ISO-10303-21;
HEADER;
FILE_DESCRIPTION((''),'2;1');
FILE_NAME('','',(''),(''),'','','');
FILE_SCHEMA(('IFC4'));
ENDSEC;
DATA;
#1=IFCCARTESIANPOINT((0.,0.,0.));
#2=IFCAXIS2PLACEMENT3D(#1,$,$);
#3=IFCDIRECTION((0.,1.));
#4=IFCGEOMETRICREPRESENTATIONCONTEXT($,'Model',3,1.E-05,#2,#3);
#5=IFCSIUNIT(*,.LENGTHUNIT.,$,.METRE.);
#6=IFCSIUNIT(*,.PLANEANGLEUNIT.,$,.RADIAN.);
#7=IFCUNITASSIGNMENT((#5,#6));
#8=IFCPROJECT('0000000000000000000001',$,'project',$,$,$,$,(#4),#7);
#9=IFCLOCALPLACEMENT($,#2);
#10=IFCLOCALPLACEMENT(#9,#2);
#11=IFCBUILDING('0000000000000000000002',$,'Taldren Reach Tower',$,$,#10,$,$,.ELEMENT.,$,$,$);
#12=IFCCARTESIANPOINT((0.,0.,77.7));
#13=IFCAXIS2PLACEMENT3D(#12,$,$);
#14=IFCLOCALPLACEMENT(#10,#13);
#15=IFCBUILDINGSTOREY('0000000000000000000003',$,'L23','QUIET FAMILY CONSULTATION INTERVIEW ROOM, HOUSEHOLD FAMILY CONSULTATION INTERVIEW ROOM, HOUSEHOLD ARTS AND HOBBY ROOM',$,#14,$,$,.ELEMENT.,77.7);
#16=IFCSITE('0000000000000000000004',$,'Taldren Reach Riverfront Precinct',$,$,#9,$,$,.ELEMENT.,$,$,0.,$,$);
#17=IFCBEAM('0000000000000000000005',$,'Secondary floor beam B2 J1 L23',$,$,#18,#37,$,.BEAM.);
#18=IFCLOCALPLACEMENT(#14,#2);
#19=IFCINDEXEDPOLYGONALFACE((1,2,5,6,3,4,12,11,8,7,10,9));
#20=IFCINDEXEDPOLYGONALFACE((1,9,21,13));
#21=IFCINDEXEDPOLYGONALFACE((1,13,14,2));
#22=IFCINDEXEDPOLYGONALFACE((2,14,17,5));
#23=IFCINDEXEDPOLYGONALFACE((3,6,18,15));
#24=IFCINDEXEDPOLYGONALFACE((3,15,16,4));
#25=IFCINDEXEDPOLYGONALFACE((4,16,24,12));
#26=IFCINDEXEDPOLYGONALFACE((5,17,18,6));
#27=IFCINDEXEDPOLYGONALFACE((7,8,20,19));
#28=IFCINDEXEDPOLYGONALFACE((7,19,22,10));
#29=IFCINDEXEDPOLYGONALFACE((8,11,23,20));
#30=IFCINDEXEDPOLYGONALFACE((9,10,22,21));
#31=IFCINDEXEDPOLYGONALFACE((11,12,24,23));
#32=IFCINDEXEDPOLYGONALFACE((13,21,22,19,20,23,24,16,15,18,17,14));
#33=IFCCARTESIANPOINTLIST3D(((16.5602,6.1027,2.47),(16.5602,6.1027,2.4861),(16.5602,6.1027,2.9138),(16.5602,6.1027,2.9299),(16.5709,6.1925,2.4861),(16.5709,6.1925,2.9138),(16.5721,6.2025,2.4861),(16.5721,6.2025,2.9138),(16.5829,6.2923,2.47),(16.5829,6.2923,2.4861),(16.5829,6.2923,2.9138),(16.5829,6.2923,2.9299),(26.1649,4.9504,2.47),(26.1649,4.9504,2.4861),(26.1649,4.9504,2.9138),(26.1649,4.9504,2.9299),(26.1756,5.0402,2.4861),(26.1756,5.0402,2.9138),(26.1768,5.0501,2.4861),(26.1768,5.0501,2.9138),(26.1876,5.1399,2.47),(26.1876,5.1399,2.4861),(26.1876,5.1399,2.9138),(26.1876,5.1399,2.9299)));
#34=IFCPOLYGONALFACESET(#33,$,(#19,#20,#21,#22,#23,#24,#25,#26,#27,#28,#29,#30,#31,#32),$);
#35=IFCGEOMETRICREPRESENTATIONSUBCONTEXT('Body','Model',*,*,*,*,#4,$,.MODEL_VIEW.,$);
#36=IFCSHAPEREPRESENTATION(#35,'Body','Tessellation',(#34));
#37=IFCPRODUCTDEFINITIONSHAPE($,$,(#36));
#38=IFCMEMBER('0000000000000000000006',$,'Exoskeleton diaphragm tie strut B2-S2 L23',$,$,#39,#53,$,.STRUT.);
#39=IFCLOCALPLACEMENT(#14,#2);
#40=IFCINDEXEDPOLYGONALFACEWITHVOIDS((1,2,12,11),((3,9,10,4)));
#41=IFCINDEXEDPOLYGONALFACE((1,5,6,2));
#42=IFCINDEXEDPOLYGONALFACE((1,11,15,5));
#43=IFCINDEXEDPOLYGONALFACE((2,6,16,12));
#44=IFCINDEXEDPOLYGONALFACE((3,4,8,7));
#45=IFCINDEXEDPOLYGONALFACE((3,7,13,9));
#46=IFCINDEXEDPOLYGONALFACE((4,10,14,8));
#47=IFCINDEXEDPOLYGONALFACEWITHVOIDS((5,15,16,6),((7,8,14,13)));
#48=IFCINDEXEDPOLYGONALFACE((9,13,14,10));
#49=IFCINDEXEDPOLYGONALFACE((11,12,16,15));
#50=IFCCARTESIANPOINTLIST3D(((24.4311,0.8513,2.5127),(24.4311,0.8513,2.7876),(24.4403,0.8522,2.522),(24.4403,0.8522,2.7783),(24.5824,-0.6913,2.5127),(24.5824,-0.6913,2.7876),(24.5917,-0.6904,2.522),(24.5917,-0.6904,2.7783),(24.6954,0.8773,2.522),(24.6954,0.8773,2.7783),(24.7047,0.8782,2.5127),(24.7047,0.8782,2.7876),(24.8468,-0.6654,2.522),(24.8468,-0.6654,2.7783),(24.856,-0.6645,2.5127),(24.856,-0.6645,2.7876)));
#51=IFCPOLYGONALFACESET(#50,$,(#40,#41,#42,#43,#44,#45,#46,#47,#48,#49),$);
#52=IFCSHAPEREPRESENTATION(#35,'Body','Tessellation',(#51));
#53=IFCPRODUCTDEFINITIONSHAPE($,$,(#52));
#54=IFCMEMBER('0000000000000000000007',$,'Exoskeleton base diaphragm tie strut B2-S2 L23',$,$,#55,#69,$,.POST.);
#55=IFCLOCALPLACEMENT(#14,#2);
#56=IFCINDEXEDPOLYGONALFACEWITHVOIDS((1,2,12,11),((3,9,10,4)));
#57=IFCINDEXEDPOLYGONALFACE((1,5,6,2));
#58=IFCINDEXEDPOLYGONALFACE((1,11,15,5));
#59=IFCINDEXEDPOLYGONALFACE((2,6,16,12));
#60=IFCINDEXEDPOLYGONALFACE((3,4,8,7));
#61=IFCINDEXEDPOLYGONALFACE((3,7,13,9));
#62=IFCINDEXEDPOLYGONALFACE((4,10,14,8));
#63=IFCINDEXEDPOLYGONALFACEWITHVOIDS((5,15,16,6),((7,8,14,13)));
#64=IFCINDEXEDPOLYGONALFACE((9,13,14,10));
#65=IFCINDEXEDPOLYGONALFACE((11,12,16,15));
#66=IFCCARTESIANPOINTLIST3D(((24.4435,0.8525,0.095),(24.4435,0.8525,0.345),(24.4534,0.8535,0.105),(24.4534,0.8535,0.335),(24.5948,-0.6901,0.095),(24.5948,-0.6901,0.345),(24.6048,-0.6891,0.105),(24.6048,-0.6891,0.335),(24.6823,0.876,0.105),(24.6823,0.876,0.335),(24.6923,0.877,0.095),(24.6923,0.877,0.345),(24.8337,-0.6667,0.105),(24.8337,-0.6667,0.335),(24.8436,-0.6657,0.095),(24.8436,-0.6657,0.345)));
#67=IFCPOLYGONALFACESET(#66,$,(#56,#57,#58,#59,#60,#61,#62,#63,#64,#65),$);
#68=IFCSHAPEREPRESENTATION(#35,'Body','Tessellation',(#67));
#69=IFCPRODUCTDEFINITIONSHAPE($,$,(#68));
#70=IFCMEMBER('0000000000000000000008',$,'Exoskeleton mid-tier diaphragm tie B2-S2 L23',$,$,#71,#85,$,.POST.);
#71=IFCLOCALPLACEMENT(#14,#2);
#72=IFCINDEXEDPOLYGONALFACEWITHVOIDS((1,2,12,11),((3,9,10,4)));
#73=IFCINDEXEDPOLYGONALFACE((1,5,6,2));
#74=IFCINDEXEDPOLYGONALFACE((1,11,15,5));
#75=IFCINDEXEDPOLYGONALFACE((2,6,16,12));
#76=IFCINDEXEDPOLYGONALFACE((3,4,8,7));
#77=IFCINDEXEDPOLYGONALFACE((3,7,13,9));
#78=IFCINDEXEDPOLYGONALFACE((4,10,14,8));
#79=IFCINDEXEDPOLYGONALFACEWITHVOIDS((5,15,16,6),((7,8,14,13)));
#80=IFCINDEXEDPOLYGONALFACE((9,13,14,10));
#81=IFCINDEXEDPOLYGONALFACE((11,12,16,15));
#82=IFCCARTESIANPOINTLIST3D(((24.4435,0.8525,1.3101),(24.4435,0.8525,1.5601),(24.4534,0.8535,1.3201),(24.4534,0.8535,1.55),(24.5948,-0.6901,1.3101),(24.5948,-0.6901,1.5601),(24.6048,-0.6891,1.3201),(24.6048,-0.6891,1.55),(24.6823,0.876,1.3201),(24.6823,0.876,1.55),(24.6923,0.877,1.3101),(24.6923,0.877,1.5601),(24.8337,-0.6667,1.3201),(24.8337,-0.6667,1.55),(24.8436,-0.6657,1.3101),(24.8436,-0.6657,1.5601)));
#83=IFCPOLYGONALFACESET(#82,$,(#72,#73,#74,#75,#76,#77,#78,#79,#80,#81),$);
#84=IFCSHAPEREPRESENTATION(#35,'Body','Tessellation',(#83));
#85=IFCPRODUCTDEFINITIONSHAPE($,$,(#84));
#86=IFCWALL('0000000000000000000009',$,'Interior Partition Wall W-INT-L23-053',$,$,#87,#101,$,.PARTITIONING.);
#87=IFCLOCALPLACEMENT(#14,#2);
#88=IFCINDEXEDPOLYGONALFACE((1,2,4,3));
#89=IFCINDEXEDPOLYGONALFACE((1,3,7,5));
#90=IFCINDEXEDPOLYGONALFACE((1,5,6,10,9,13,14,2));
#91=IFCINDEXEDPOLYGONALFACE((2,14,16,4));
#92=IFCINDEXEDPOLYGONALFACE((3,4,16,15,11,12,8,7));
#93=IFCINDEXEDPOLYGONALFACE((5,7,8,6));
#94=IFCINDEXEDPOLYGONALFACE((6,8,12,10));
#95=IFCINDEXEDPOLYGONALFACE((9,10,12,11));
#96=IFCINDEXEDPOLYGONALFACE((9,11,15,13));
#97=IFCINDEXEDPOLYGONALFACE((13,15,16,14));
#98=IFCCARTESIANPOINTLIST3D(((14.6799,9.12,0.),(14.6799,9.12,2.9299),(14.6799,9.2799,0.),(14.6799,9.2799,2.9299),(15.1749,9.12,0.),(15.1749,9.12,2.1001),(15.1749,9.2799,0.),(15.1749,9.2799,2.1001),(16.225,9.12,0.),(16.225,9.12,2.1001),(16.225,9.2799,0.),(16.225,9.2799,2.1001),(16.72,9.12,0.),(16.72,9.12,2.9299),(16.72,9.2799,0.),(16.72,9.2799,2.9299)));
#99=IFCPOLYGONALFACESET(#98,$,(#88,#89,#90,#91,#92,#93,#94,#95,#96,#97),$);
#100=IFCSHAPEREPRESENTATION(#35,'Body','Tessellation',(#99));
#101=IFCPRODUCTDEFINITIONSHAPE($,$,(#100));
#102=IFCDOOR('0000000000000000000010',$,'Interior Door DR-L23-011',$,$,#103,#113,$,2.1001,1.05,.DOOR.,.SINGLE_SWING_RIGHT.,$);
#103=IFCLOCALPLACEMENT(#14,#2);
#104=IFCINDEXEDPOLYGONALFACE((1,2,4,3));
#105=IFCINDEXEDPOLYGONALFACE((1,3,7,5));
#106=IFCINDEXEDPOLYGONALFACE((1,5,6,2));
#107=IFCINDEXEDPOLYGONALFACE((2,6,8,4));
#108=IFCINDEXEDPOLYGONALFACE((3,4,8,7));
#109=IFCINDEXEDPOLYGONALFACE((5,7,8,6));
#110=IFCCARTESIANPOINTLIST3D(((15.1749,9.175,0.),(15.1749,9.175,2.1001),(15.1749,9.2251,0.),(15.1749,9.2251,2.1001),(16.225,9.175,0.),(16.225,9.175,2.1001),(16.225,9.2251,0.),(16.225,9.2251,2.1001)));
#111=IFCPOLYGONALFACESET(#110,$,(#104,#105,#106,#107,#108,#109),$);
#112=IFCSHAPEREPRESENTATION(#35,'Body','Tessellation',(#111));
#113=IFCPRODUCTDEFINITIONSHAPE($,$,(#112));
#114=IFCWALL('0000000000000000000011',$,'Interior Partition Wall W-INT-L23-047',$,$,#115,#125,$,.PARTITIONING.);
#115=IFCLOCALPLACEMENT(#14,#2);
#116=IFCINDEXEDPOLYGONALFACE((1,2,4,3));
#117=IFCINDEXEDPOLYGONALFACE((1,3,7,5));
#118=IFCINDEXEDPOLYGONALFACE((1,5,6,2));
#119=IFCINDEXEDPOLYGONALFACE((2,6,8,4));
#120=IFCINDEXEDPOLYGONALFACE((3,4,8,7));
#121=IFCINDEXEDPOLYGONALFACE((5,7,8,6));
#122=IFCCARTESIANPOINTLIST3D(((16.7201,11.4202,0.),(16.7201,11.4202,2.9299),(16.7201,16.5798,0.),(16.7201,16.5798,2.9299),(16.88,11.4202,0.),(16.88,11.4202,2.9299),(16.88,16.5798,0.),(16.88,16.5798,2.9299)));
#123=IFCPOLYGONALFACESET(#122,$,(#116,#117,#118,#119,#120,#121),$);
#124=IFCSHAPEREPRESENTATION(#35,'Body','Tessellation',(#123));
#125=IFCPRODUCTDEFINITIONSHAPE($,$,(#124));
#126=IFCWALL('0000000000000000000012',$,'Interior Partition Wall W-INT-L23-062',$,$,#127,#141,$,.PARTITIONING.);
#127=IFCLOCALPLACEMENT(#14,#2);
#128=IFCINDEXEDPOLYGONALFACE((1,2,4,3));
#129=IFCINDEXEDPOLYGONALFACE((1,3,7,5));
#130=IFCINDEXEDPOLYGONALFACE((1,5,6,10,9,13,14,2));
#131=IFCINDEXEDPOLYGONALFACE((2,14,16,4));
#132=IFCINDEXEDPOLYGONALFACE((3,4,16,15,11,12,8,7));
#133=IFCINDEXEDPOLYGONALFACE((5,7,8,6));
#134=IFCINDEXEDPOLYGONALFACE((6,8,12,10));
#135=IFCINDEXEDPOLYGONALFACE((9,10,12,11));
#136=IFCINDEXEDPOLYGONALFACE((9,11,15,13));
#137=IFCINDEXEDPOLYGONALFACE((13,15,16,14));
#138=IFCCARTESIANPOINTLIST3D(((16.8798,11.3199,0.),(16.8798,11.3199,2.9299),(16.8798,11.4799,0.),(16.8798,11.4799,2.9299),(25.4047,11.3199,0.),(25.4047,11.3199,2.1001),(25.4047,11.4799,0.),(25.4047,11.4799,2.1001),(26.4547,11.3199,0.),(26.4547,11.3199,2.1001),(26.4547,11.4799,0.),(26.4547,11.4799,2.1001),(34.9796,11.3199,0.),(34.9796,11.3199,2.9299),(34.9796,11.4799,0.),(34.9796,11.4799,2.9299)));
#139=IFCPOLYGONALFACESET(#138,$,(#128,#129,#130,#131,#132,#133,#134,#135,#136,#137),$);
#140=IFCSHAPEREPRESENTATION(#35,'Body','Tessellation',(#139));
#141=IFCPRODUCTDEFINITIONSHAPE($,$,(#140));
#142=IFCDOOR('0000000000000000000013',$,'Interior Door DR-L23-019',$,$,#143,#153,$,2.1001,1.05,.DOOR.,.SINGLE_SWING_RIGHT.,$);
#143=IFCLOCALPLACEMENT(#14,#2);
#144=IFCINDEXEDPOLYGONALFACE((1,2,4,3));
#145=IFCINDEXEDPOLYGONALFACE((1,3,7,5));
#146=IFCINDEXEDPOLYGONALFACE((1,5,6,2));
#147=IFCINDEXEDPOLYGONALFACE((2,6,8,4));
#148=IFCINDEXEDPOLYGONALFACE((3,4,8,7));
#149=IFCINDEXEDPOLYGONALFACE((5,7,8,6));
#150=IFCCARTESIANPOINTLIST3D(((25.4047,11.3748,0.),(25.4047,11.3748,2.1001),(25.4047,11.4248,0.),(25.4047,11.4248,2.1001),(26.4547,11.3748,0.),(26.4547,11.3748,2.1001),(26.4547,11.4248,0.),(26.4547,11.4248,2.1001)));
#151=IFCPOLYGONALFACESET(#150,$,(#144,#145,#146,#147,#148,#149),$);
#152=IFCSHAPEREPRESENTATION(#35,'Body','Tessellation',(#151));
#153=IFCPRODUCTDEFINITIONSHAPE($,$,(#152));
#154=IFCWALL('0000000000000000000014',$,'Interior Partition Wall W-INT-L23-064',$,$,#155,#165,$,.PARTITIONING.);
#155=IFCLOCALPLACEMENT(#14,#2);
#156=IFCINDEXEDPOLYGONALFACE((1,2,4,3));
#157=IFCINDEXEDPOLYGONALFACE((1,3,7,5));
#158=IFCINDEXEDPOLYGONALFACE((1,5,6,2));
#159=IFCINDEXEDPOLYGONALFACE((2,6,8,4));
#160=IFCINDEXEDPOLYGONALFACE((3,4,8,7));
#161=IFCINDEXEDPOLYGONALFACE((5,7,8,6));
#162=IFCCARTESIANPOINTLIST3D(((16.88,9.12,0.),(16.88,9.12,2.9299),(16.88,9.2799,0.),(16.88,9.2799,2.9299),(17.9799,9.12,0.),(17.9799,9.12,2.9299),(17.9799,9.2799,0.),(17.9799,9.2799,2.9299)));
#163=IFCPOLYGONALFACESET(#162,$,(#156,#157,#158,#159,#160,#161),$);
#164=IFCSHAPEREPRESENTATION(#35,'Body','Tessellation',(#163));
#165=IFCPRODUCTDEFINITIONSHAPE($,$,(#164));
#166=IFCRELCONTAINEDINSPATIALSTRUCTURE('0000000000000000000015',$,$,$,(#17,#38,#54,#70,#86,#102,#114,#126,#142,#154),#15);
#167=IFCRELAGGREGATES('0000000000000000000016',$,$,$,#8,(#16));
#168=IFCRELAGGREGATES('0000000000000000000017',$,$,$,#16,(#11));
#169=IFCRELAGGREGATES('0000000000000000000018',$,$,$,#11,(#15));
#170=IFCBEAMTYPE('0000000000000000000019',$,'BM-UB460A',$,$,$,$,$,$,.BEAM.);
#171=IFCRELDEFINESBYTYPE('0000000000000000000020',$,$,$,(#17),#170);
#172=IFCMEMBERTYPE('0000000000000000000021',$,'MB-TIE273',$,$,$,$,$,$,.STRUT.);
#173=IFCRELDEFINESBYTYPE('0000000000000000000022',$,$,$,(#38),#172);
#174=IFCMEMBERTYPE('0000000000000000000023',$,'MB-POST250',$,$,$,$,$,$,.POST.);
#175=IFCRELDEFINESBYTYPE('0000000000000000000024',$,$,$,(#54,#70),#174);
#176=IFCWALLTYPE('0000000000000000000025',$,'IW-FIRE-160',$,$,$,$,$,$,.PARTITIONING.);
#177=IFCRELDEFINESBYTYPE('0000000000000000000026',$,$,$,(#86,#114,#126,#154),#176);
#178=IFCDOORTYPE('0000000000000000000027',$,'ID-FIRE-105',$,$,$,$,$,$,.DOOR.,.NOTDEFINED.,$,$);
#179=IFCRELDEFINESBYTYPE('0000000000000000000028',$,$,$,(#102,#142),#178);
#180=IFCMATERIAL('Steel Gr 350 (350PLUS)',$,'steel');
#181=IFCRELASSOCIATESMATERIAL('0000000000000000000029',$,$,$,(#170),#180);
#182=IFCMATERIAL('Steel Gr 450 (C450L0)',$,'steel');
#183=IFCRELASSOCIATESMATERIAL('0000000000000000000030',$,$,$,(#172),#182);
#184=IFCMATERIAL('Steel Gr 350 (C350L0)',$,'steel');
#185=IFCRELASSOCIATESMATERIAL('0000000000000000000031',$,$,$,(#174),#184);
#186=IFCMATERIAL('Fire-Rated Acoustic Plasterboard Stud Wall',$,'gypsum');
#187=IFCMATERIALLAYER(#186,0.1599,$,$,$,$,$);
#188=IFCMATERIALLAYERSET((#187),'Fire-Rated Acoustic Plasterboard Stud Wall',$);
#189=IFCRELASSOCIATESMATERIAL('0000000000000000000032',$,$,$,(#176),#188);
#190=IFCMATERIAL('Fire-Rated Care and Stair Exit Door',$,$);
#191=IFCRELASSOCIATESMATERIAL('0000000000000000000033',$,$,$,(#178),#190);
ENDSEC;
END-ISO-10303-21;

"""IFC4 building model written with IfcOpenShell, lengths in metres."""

from ifc_helpers import new_model, si_unit, direction, frame, frame_2d, origin, origin_2d, place, context, subcontext, project, spatial, rectangle, hollow_rectangle, i_section, extrude, source, transform, mapped, material, layer, layer_set, material_profile, profile_set, type_object, element, fill, save


model = new_model("IFC4")

# Units and contexts
model_context = context("Model", 3, precision=1e-05, world=origin(), true_north=direction((0.0, 1.0)))
body_context = subcontext(model_context, "Body", "Model", "MODEL_VIEW")
ifc_project = project(units=[si_unit("LENGTHUNIT", "METRE"), si_unit("PLANEANGLEUNIT", "RADIAN")], contexts=[model_context])

# Site, building, storey
site_placement = place(None, origin())
site = spatial("IfcSite", under=ifc_project, at=site_placement, Name="Taldren Reach Riverfront Precinct", CompositionType="ELEMENT", RefElevation=0.0)
building_placement = place(site_placement, origin())
building = spatial("IfcBuilding", under=site, at=building_placement, Name="Taldren Reach Tower", CompositionType="ELEMENT")
storey_placement = place(building_placement, frame((0.0, 0.0, 77.7)))
storey = spatial("IfcBuildingStorey", under=building, at=storey_placement, Name="L23", Description="QUIET FAMILY CONSULTATION INTERVIEW ROOM, HOUSEHOLD FAMILY CONSULTATION INTERVIEW ROOM, HOUSEHOLD ARTS AND HOBBY ROOM", CompositionType="ELEMENT", Elevation=77.7)

# Shared definitions
ifc_material_1 = material(Name="Steel Gr 350 (350PLUS)", Category="steel")

# Beam
ifc_material_profile_1 = material_profile(ifc_material_1, i_section(OverallWidth=0.1909, OverallDepth=0.46, WebThickness=0.01, FlangeThickness=0.0161, at=origin_2d()), Name="460UB82.1")
ifc_profile_set_1 = profile_set([ifc_material_profile_1], Name="Steel Gr 350 (350PLUS)")
beam_type_1 = type_object("IfcBeamType", Name="BM-UB460A", PredefinedType="BEAM", material=ifc_profile_set_1)
shared_shape_1 = source(origin(), body_context, "Body", "SweptSolid", [
    extrude(i_section(OverallWidth=0.1909, OverallDepth=0.46, WebThickness=0.01, FlangeThickness=0.0161, at=origin_2d()), origin(), (0.0, 0.0, 1.0), 9.6736),
])
beam_1_placement = place(storey_placement, frame((16.5715, 6.1975, 2.7), z_axis=(0.99288, -0.119122, 0.0), x_axis=(0.119122, 0.99288, 0.0)))
element("IfcBeam", 1, at=beam_1_placement, inside=storey, type_object=beam_type_1, Name="Secondary floor beam B2 J1 L23", PredefinedType="BEAM", context=body_context, shape_type="MappedRepresentation", body=[
    mapped(shared_shape_1, transform((0.0, 0.0, 0.0), scale=1.0)),
])

# Members
ifc_material_2 = material(Name="Steel Gr 450 (C450L0)", Category="steel")
ifc_material_profile_2 = material_profile(ifc_material_2, hollow_rectangle(XDim=0.2749, YDim=0.2749, WallThickness=0.0093, at=origin_2d()), Name="275x275x9.3SHS")
ifc_profile_set_2 = profile_set([ifc_material_profile_2], Name="Steel Gr 450 (C450L0)")
member_type_1 = type_object("IfcMemberType", Name="MB-TIE273", PredefinedType="STRUT", material=ifc_profile_set_2)
shared_shape_2 = source(origin(), body_context, "Body", "SweptSolid", [
    extrude(hollow_rectangle(XDim=0.2749, YDim=0.2749, WallThickness=0.0093, at=origin_2d()), origin(), (0.0, 0.0, 1.0), 1.55),
])
member_placement = place(storey_placement, frame((24.5679, 0.8647, 2.6501), z_axis=(0.097648, -0.995221, 0.0), x_axis=(0.995221, 0.097648, 0.0)))
element("IfcMember", 2, at=member_placement, inside=storey, type_object=member_type_1, Name="Exoskeleton diaphragm tie strut B2-S2 L23", PredefinedType="STRUT", context=body_context, shape_type="MappedRepresentation", body=[
    mapped(shared_shape_2, transform((0.0, 0.0, 0.0), scale=1.0)),
])
ifc_material_3 = material(Name="Steel Gr 350 (C350L0)", Category="steel")
ifc_material_profile_3 = material_profile(ifc_material_3, hollow_rectangle(XDim=0.25, YDim=0.25, WallThickness=0.01, at=origin_2d()), Name="250x250x10.0SHS")
ifc_profile_set_3 = profile_set([ifc_material_profile_3], Name="Steel Gr 350 (C350L0)")
member_type_2 = type_object("IfcMemberType", Name="MB-POST250", PredefinedType="POST", material=ifc_profile_set_3)
shared_shape_3 = source(origin(), body_context, "Body", "SweptSolid", [
    extrude(hollow_rectangle(XDim=0.25, YDim=0.25, WallThickness=0.01, at=origin_2d()), origin(), (0.0, 0.0, 1.0), 1.55),
])
for number, where, z_axis, x_axis, name in (
    (3, (24.5679, 0.8647, 0.22), (0.097648, -0.995221, 0.0), (0.995221, 0.097648, 0.0), "Exoskeleton base diaphragm tie strut B2-S2 L23"),
    (4, (24.5679, 0.8647, 1.4351), (0.097648, -0.995221, 0.0), (0.995221, 0.097648, 0.0), "Exoskeleton mid-tier diaphragm tie B2-S2 L23"),
):
    element("IfcMember", number, at=place(storey_placement, frame(where, z_axis=z_axis, x_axis=x_axis)), inside=storey, type_object=member_type_2, Name=name, PredefinedType="POST", context=body_context, shape_type="MappedRepresentation", body=[
        mapped(shared_shape_3, transform((0.0, 0.0, 0.0), scale=1.0)),
    ])

# Wall, opening, door
ifc_material_4 = material(Name="Fire-Rated Acoustic Plasterboard Stud Wall", Category="gypsum")
ifc_layer_1 = layer(ifc_material_4, 0.1599)
ifc_layer_set_1 = layer_set([ifc_layer_1], Name="Fire-Rated Acoustic Plasterboard Stud Wall")
wall_type_1 = type_object("IfcWallType", Name="IW-FIRE-160", PredefinedType="PARTITIONING", material=ifc_layer_set_1)
shared_shape_4 = source(origin(), body_context, "Body", "SweptSolid", [
    extrude(rectangle(XDim=2.04, YDim=0.1599, at=frame_2d((1.02, 0.0))), origin(), (0.0, 0.0, 1.0), 2.9299),
])
wall_1_placement = place(storey_placement, frame((16.72, 9.2, 0.0), z_axis=(0.0, 0.0, 1.0), x_axis=(-1.0, 0.0, 0.0)))
wall_1 = element("IfcWall", 5, at=wall_1_placement, inside=storey, type_object=wall_type_1, Name="Interior Partition Wall W-INT-L23-053", PredefinedType="PARTITIONING", context=body_context, shape_type="MappedRepresentation", body=[
    mapped(shared_shape_4, transform((0.0, 0.0, 0.0), scale=1.0)),
])
shared_shape_5 = source(origin(), body_context, "Body", "SweptSolid", [
    extrude(rectangle(XDim=1.05, YDim=2.1001, at=frame_2d((0.5249, 1.05))), frame((0.0, 0.0898, 0.0), z_axis=(0.0, -1.0, 0.0), x_axis=(1.0, 0.0, 0.0)), (0.0, 0.0, 1.0), 0.1799),
])
opening_1_placement = place(wall_1_placement, frame((0.4951, 0.0, 0.0)))
opening_1 = element("IfcOpeningElement", 6, at=opening_1_placement, cuts=wall_1, PredefinedType="OPENING", context=body_context, shape_type="MappedRepresentation", body=[
    mapped(shared_shape_5, transform((0.0, 0.0, 0.0), scale=1.0)),
])
ifc_material_5 = material(Name="Fire-Rated Care and Stair Exit Door")
door_type_1 = type_object("IfcDoorType", Name="ID-FIRE-105", OperationType="NOTDEFINED", PredefinedType="DOOR", material=ifc_material_5)
shared_shape_6 = source(origin(), body_context, "Body", "SweptSolid", [
    extrude(rectangle(XDim=1.05, YDim=2.1001, at=frame_2d((0.5249, 1.05))), frame((0.0, 0.0249, 0.0), z_axis=(0.0, -1.0, 0.0), x_axis=(1.0, 0.0, 0.0)), (0.0, 0.0, 1.0), 0.05),
])
door_1_placement = place(opening_1_placement, origin())
door_1 = element("IfcDoor", 7, at=door_1_placement, inside=storey, type_object=door_type_1, Name="Interior Door DR-L23-011", OperationType="SINGLE_SWING_RIGHT", OverallHeight=2.1001, OverallWidth=1.05, PredefinedType="DOOR", context=body_context, shape_type="MappedRepresentation", body=[
    mapped(shared_shape_6, transform((0.0, 0.0, 0.0), scale=1.0)),
])
fill(opening_1, door_1)

# Wall
shared_shape_7 = source(origin(), body_context, "Body", "SweptSolid", [
    extrude(rectangle(XDim=5.1597, YDim=0.1599, at=frame_2d((2.5798, 0.0))), origin(), (0.0, 0.0, 1.0), 2.9299),
])
wall_2_placement = place(storey_placement, frame((16.8, 16.5798, 0.0), z_axis=(0.0, 0.0, 1.0), x_axis=(0.0, -1.0, 0.0)))
element("IfcWall", 8, at=wall_2_placement, inside=storey, type_object=wall_type_1, Name="Interior Partition Wall W-INT-L23-047", PredefinedType="PARTITIONING", context=body_context, shape_type="MappedRepresentation", body=[
    mapped(shared_shape_7, transform((0.0, 0.0, 0.0), scale=1.0)),
])

# Wall, opening, door
shared_shape_8 = source(origin(), body_context, "Body", "SweptSolid", [
    extrude(rectangle(XDim=18.0999, YDim=0.1599, at=frame_2d((9.0498, 0.0))), origin(), (0.0, 0.0, 1.0), 2.9299),
])
wall_3_placement = place(storey_placement, frame((16.8799, 11.3999, 0.0), z_axis=(0.0, 0.0, 1.0), x_axis=(1.0, 0.0, 0.0)))
wall_3 = element("IfcWall", 9, at=wall_3_placement, inside=storey, type_object=wall_type_1, Name="Interior Partition Wall W-INT-L23-062", PredefinedType="PARTITIONING", context=body_context, shape_type="MappedRepresentation", body=[
    mapped(shared_shape_8, transform((0.0, 0.0, 0.0), scale=1.0)),
])
opening_2_placement = place(wall_3_placement, frame((8.5249, 0.0, 0.0)))
opening_2 = element("IfcOpeningElement", 10, at=opening_2_placement, cuts=wall_3, PredefinedType="OPENING", context=body_context, shape_type="MappedRepresentation", body=[
    mapped(shared_shape_5, transform((0.0, 0.0, 0.0), scale=1.0)),
])
door_2_placement = place(opening_2_placement, origin())
door_2 = element("IfcDoor", 11, at=door_2_placement, inside=storey, type_object=door_type_1, Name="Interior Door DR-L23-019", OperationType="SINGLE_SWING_RIGHT", OverallHeight=2.1001, OverallWidth=1.05, PredefinedType="DOOR", context=body_context, shape_type="MappedRepresentation", body=[
    mapped(shared_shape_6, transform((0.0, 0.0, 0.0), scale=1.0)),
])
fill(opening_2, door_2)

# Wall
shared_shape_9 = source(origin(), body_context, "Body", "SweptSolid", [
    extrude(rectangle(XDim=1.0999, YDim=0.1599, at=frame_2d((0.5498, 0.0))), origin(), (0.0, 0.0, 1.0), 2.9299),
])
wall_4_placement = place(storey_placement, frame((17.9797, 9.2, 0.0), z_axis=(0.0, 0.0, 1.0), x_axis=(-1.0, 0.0, 0.0)))
element("IfcWall", 12, at=wall_4_placement, inside=storey, type_object=wall_type_1, Name="Interior Partition Wall W-INT-L23-064", PredefinedType="PARTITIONING", context=body_context, shape_type="MappedRepresentation", body=[
    mapped(shared_shape_9, transform((0.0, 0.0, 0.0), scale=1.0)),
])

save(model, "model.ifc")
